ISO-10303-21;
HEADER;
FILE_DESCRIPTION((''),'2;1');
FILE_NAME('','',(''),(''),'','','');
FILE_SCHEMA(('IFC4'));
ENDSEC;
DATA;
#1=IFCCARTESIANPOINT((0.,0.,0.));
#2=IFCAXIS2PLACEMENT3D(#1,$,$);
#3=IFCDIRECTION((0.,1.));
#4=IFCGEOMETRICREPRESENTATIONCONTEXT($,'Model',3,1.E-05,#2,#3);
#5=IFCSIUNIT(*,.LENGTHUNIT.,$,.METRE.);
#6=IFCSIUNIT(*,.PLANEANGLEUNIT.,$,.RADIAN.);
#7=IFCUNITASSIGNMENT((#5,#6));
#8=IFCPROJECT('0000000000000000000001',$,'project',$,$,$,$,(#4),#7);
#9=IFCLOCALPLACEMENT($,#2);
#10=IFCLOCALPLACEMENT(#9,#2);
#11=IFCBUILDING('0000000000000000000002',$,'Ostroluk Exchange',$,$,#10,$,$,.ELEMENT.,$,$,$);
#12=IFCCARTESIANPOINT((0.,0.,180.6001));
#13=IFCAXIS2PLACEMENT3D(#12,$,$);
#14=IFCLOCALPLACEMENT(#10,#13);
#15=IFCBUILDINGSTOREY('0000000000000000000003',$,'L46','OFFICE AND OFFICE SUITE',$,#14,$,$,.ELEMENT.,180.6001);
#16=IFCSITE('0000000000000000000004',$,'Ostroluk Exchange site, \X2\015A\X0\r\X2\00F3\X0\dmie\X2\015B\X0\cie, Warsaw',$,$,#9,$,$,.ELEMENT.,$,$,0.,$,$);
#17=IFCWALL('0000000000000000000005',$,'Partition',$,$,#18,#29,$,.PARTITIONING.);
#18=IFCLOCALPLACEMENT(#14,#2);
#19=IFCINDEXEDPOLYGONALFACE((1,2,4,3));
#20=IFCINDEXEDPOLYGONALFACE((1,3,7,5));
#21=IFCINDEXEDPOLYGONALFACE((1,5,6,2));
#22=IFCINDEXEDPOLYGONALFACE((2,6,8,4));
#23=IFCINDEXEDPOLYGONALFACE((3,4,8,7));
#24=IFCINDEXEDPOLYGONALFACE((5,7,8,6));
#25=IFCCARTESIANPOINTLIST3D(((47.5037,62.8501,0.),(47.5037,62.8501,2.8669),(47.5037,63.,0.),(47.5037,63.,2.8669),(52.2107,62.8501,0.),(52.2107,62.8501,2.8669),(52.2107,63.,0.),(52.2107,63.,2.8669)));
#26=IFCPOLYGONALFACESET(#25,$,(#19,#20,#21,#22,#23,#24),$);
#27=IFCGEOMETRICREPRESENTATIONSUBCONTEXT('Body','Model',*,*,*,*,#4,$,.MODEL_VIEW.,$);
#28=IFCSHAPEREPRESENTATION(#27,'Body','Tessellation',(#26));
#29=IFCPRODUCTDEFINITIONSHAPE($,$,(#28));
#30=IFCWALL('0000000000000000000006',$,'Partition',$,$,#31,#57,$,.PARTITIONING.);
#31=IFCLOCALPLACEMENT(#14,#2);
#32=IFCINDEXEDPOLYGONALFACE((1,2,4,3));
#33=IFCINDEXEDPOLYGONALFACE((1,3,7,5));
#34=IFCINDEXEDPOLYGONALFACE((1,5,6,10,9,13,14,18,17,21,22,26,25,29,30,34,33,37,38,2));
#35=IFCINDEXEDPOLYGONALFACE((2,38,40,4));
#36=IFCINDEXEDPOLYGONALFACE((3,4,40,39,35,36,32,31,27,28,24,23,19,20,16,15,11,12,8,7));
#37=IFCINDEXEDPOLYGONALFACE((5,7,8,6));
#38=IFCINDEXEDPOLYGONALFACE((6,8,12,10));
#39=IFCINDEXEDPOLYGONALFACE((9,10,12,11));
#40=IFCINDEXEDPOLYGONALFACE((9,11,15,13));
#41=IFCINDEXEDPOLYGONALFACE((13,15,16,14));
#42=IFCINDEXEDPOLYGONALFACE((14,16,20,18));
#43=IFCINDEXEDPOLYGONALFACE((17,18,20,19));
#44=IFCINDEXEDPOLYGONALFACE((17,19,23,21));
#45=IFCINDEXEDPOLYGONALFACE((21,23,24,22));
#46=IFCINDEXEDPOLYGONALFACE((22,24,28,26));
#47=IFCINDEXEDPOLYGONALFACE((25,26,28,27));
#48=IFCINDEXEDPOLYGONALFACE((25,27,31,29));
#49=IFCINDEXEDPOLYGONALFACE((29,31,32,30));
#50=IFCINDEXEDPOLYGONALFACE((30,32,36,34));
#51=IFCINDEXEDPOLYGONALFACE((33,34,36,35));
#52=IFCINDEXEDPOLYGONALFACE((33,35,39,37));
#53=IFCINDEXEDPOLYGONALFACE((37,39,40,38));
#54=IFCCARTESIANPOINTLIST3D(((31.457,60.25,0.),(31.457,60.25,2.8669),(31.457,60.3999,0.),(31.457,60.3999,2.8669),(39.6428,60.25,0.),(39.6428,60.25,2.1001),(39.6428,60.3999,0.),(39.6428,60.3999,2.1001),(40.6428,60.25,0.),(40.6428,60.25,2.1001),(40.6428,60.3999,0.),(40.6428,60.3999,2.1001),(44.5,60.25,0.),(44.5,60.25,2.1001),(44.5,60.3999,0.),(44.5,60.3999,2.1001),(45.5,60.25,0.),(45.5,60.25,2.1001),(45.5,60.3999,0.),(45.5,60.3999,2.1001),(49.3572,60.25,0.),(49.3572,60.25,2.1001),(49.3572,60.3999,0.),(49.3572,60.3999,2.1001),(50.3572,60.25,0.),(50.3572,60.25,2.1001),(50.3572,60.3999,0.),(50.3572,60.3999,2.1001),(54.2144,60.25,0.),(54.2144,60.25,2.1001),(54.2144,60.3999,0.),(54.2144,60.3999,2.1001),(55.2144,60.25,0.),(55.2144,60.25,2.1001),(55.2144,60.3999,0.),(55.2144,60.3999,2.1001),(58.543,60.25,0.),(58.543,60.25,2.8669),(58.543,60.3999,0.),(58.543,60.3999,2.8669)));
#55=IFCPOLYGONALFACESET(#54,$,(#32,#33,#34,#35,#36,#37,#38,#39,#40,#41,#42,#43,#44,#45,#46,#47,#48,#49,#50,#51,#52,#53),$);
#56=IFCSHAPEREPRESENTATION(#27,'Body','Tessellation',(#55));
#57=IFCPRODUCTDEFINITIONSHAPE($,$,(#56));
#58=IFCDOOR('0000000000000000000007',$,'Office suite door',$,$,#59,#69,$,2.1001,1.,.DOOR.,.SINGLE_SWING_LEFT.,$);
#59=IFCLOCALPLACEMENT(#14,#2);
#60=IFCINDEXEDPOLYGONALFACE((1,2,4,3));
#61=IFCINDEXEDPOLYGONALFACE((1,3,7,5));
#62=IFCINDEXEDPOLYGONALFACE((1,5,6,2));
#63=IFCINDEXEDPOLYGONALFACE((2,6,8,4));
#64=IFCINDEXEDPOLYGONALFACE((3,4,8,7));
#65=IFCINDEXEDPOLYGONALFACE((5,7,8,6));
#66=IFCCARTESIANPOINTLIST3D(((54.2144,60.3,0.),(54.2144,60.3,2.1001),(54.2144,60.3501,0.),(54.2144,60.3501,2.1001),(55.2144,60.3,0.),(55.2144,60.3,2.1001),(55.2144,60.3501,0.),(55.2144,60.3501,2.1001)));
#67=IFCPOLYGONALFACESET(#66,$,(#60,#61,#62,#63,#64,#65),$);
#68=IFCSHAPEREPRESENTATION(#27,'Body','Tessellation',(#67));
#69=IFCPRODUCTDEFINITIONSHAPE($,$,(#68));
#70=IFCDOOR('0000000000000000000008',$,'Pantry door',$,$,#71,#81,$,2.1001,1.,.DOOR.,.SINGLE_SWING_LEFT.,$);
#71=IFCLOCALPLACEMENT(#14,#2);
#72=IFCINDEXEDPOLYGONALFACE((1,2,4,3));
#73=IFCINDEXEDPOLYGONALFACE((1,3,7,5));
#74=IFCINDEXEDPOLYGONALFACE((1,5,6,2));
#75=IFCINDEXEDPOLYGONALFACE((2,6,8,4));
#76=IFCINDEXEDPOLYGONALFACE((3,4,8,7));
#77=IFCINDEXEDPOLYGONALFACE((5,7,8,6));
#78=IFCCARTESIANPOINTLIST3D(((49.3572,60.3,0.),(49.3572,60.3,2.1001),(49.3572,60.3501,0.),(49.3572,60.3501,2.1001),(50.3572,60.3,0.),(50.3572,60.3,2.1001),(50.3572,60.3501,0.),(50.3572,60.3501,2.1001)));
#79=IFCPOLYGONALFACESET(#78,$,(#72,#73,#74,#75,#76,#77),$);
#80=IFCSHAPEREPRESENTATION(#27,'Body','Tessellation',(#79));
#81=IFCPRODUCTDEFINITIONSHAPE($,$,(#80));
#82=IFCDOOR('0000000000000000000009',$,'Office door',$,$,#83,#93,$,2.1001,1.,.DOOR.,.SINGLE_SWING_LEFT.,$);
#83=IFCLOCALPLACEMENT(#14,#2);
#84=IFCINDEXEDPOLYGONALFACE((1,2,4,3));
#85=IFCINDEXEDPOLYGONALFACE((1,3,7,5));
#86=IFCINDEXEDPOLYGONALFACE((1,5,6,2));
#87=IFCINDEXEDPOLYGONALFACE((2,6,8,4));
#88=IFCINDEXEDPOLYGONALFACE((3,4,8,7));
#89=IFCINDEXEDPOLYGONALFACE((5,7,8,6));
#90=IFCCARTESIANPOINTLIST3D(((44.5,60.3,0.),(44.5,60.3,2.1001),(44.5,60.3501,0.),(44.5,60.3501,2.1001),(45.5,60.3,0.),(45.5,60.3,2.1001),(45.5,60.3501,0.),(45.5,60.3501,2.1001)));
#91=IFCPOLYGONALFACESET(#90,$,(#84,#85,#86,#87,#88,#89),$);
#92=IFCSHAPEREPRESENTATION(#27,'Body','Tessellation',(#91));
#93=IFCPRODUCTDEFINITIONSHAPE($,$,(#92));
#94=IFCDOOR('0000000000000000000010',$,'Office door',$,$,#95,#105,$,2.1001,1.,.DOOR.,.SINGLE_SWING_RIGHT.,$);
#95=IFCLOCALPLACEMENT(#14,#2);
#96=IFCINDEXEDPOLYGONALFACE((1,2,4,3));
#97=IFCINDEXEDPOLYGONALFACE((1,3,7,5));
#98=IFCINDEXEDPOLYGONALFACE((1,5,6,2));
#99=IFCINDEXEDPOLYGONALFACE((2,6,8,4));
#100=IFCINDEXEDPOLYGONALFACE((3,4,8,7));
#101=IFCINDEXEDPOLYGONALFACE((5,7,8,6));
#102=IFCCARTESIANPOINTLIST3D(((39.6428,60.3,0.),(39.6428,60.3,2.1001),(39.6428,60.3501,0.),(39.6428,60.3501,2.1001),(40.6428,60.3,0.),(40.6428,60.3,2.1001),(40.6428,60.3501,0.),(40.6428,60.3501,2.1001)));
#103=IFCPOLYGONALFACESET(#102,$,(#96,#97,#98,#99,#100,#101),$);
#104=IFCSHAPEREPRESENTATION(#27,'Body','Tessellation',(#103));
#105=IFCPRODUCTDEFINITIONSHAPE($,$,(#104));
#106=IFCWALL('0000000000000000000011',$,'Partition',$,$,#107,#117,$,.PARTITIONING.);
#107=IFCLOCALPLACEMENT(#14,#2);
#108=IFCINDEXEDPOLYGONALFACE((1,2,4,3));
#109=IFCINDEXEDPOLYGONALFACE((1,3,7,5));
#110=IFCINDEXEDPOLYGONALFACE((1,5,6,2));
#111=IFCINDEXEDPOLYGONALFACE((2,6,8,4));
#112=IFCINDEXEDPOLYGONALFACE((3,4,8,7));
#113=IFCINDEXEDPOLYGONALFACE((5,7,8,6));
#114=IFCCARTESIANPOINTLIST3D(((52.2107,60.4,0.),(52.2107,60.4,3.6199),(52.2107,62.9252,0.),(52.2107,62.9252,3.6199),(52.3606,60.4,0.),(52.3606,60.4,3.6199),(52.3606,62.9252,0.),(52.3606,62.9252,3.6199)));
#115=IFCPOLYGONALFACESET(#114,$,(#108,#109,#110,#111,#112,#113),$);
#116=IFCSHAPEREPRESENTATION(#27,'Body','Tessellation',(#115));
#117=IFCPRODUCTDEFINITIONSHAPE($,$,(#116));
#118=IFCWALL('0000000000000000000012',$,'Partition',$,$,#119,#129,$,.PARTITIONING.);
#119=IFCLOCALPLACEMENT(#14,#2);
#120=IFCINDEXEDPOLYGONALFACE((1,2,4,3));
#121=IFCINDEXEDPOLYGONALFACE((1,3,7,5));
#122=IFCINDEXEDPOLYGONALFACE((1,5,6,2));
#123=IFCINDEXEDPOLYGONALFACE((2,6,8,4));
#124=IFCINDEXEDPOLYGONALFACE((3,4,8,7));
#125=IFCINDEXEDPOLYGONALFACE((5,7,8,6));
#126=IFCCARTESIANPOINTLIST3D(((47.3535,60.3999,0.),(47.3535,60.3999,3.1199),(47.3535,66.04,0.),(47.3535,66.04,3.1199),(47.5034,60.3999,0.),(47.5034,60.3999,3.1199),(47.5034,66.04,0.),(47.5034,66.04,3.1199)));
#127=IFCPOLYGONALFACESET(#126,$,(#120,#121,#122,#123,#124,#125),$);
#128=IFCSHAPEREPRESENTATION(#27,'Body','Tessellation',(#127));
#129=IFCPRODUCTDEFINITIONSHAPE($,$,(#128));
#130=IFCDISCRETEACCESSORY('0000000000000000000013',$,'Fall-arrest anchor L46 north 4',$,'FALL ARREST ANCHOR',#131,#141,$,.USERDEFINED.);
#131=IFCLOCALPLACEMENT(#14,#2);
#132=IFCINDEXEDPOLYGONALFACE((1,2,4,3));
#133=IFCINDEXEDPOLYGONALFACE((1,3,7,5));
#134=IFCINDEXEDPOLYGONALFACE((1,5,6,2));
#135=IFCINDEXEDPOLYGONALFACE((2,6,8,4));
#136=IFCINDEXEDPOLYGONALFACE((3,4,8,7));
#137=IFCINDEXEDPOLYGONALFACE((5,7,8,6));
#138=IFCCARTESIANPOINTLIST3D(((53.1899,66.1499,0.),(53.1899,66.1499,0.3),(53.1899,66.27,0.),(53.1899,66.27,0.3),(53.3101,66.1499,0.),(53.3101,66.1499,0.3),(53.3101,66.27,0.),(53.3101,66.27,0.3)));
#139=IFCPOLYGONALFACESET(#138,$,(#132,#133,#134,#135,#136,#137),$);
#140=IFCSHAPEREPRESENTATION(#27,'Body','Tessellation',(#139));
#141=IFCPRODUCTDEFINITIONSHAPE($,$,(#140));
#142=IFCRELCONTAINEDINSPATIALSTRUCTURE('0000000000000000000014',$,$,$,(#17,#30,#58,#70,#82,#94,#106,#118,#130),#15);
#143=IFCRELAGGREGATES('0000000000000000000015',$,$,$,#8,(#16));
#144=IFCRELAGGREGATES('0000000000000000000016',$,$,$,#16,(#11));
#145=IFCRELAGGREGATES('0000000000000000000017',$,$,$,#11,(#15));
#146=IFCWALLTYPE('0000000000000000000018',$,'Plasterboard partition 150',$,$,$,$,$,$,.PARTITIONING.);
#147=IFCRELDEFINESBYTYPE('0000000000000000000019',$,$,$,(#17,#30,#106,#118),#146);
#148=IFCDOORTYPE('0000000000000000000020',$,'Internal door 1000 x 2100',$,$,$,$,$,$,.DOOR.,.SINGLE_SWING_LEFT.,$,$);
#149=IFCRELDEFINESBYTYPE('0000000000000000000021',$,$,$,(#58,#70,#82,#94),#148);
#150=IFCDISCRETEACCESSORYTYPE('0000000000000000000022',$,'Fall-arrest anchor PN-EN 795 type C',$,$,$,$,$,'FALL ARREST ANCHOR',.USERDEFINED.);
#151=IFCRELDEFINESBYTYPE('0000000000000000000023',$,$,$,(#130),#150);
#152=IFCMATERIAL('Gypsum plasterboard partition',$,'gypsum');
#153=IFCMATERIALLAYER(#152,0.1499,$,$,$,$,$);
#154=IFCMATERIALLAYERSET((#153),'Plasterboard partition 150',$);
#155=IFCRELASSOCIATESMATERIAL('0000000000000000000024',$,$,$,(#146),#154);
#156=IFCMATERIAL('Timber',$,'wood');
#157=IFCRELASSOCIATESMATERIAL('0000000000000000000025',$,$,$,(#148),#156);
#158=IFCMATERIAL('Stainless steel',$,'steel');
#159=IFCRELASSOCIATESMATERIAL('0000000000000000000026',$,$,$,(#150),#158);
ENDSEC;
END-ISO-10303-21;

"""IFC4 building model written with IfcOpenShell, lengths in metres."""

from ifc_helpers import new_model, si_unit, direction, frame, frame_2d, origin, origin_2d, place, context, subcontext, project, spatial, rectangle, extrude, material, layer, layer_set, type_object, element, fill, save


model = new_model("IFC4")

# Units and contexts
model_context = context("Model", 3, precision=1e-05, world=origin(), true_north=direction((0.0, 1.0)))
body_context = subcontext(model_context, "Body", "Model", "MODEL_VIEW")
ifc_project = project(units=[si_unit("LENGTHUNIT", "METRE"), si_unit("PLANEANGLEUNIT", "RADIAN")], contexts=[model_context])

# Site, building, storey
site_placement = place(None, origin())
site = spatial("IfcSite", under=ifc_project, at=site_placement, Name="Ostroluk Exchange site, Śródmieście, Warsaw", CompositionType="ELEMENT", RefElevation=0.0)
building_placement = place(site_placement, origin())
building = spatial("IfcBuilding", under=site, at=building_placement, Name="Ostroluk Exchange", CompositionType="ELEMENT")
storey_placement = place(building_placement, frame((0.0, 0.0, 180.6001)))
storey = spatial("IfcBuildingStorey", under=building, at=storey_placement, Name="L46", Description="OFFICE AND OFFICE SUITE", CompositionType="ELEMENT", Elevation=180.6001)

# Shared definitions
ifc_material_1 = material(Name="Gypsum plasterboard partition", Category="gypsum")
ifc_layer_1 = layer(ifc_material_1, 0.1499)
ifc_layer_set_1 = layer_set([ifc_layer_1], Name="Plasterboard partition 150")
wall_type = type_object("IfcWallType", Name="Plasterboard partition 150", PredefinedType="PARTITIONING", material=ifc_layer_set_1)
ifc_material_2 = material(Name="Timber", Category="wood")
door_type = type_object("IfcDoorType", Name="Internal door 1000 x 2100", OperationType="SINGLE_SWING_LEFT", PredefinedType="DOOR", material=ifc_material_2)

# Wall
wall_1_placement = place(storey_placement, frame((52.2107, 62.925, 0.0), z_axis=(0.0, 0.0, 1.0), x_axis=(-1.0, 0.0, 0.0)))
element("IfcWall", 1, at=wall_1_placement, inside=storey, type_object=wall_type, Name="Partition", PredefinedType="PARTITIONING", context=body_context, shape_type="SweptSolid", body=[
    extrude(rectangle(XDim=4.707, YDim=0.1499, at=frame_2d((2.3535, 0.0))), origin(), (0.0, 0.0, 1.0), 2.8669),
])

# Wall, openings, doors
wall_2_placement = place(storey_placement, frame((58.543, 60.325, 0.0), z_axis=(0.0, 0.0, 1.0), x_axis=(-1.0, 0.0, 0.0)))
wall_2 = element("IfcWall", 2, at=wall_2_placement, inside=storey, type_object=wall_type, Name="Partition", PredefinedType="PARTITIONING", context=body_context, shape_type="SweptSolid", body=[
    extrude(rectangle(XDim=27.0859, YDim=0.1499, at=frame_2d((13.543, 0.0))), origin(), (0.0, 0.0, 1.0), 2.8669),
])
opening_1_placement = place(wall_2_placement, frame((3.3286, 0.0, 0.0)))
opening_1 = element("IfcOpeningElement", 3, at=opening_1_placement, cuts=wall_2, PredefinedType="OPENING", context=body_context, shape_type="SweptSolid", body=[
    extrude(rectangle(XDim=1.0, YDim=2.1001, at=frame_2d((0.5, 1.05))), frame((0.0, 0.085, 0.0), z_axis=(0.0, -1.0, 0.0), x_axis=(1.0, 0.0, 0.0)), (0.0, 0.0, 1.0), 0.1699),
])
opening_2_placement = place(wall_2_placement, frame((8.1858, 0.0, 0.0)))
opening_2 = element("IfcOpeningElement", 4, at=opening_2_placement, cuts=wall_2, PredefinedType="OPENING", context=body_context, shape_type="SweptSolid", body=[
    extrude(rectangle(XDim=1.0, YDim=2.1001, at=frame_2d((0.5, 1.05))), frame((0.0, 0.085, 0.0), z_axis=(0.0, -1.0, 0.0), x_axis=(1.0, 0.0, 0.0)), (0.0, 0.0, 1.0), 0.1699),
])
opening_3_placement = place(wall_2_placement, frame((13.043, 0.0, 0.0)))
opening_3 = element("IfcOpeningElement", 5, at=opening_3_placement, cuts=wall_2, PredefinedType="OPENING", context=body_context, shape_type="SweptSolid", body=[
    extrude(rectangle(XDim=1.0, YDim=2.1001, at=frame_2d((0.5, 1.05))), frame((0.0, 0.085, 0.0), z_axis=(0.0, -1.0, 0.0), x_axis=(1.0, 0.0, 0.0)), (0.0, 0.0, 1.0), 0.1699),
])
opening_4_placement = place(wall_2_placement, frame((17.9001, 0.0, 0.0)))
opening_4 = element("IfcOpeningElement", 6, at=opening_4_placement, cuts=wall_2, PredefinedType="OPENING", context=body_context, shape_type="SweptSolid", body=[
    extrude(rectangle(XDim=1.0, YDim=2.1001, at=frame_2d((0.5, 1.05))), frame((0.0, 0.085, 0.0), z_axis=(0.0, -1.0, 0.0), x_axis=(1.0, 0.0, 0.0)), (0.0, 0.0, 1.0), 0.1699),
])
door_1_placement = place(opening_1_placement, origin())
door_1 = element("IfcDoor", 7, at=door_1_placement, inside=storey, type_object=door_type, Name="Office suite door", OperationType="SINGLE_SWING_LEFT", OverallHeight=2.1001, OverallWidth=1.0, PredefinedType="DOOR", context=body_context, shape_type="SweptSolid", body=[
    extrude(rectangle(XDim=1.0, YDim=2.1001, at=frame_2d((0.5, 1.05))), frame((0.0, 0.0249, 0.0), z_axis=(0.0, -1.0, 0.0), x_axis=(1.0, 0.0, 0.0)), (0.0, 0.0, 1.0), 0.05),
])
fill(opening_1, door_1)
door_2_placement = place(opening_2_placement, origin())
door_2 = element("IfcDoor", 8, at=door_2_placement, inside=storey, type_object=door_type, Name="Pantry door", OperationType="SINGLE_SWING_LEFT", OverallHeight=2.1001, OverallWidth=1.0, PredefinedType="DOOR", context=body_context, shape_type="SweptSolid", body=[
    extrude(rectangle(XDim=1.0, YDim=2.1001, at=frame_2d((0.5, 1.05))), frame((0.0, 0.0249, 0.0), z_axis=(0.0, -1.0, 0.0), x_axis=(1.0, 0.0, 0.0)), (0.0, 0.0, 1.0), 0.05),
])
fill(opening_2, door_2)
door_3_placement = place(opening_3_placement, origin())
door_3 = element("IfcDoor", 9, at=door_3_placement, inside=storey, type_object=door_type, Name="Office door", OperationType="SINGLE_SWING_LEFT", OverallHeight=2.1001, OverallWidth=1.0, PredefinedType="DOOR", context=body_context, shape_type="SweptSolid", body=[
    extrude(rectangle(XDim=1.0, YDim=2.1001, at=frame_2d((0.5, 1.05))), frame((0.0, 0.0249, 0.0), z_axis=(0.0, -1.0, 0.0), x_axis=(1.0, 0.0, 0.0)), (0.0, 0.0, 1.0), 0.05),
])
fill(opening_3, door_3)
door_4_placement = place(opening_4_placement, origin())
door_4 = element("IfcDoor", 10, at=door_4_placement, inside=storey, type_object=door_type, Name="Office door", OperationType="SINGLE_SWING_RIGHT", OverallHeight=2.1001, OverallWidth=1.0, PredefinedType="DOOR", context=body_context, shape_type="SweptSolid", body=[
    extrude(rectangle(XDim=1.0, YDim=2.1001, at=frame_2d((0.5, 1.05))), frame((0.0, 0.0249, 0.0), z_axis=(0.0, -1.0, 0.0), x_axis=(1.0, 0.0, 0.0)), (0.0, 0.0, 1.0), 0.05),
])
fill(opening_4, door_4)

# Walls
wall_3_placement = place(storey_placement, frame((52.2856, 60.3999, 0.0), z_axis=(0.0, 0.0, 1.0), x_axis=(0.0, 1.0, 0.0)))
element("IfcWall", 11, at=wall_3_placement, inside=storey, type_object=wall_type, Name="Partition", PredefinedType="PARTITIONING", context=body_context, shape_type="SweptSolid", body=[
    extrude(rectangle(XDim=2.5251, YDim=0.1499, at=frame_2d((1.2627, 0.0))), origin(), (0.0, 0.0, 1.0), 3.6199),
])
wall_4_placement = place(storey_placement, frame((47.4285, 60.3999, 0.0), z_axis=(0.0, 0.0, 1.0), x_axis=(0.0, 1.0, 0.0)))
element("IfcWall", 12, at=wall_4_placement, inside=storey, type_object=wall_type, Name="Partition", PredefinedType="PARTITIONING", context=body_context, shape_type="SweptSolid", body=[
    extrude(rectangle(XDim=5.6401, YDim=0.1499, at=frame_2d((2.8201, 0.0))), origin(), (0.0, 0.0, 1.0), 3.1199),
])

# Discrete accessory
ifc_material_3 = material(Name="Stainless steel", Category="steel")
discrete_accessory_type = type_object("IfcDiscreteAccessoryType", Name="Fall-arrest anchor PN-EN 795 type C", ElementType="FALL ARREST ANCHOR", PredefinedType="USERDEFINED", material=ifc_material_3)
discrete_accessory_placement = place(storey_placement, frame((53.25, 66.21, 0.0), z_axis=(0.0, 0.0, 1.0), x_axis=(1.0, 0.0, 0.0)))
element("IfcDiscreteAccessory", 13, at=discrete_accessory_placement, inside=storey, type_object=discrete_accessory_type, Name="Fall-arrest anchor L46 north 4", ObjectType="FALL ARREST ANCHOR", PredefinedType="USERDEFINED", context=body_context, shape_type="SweptSolid", body=[
    extrude(rectangle(XDim=0.1201, YDim=0.1201, at=origin_2d()), origin(), (0.0, 0.0, 1.0), 0.3),
])

save(model, "model.ifc")
